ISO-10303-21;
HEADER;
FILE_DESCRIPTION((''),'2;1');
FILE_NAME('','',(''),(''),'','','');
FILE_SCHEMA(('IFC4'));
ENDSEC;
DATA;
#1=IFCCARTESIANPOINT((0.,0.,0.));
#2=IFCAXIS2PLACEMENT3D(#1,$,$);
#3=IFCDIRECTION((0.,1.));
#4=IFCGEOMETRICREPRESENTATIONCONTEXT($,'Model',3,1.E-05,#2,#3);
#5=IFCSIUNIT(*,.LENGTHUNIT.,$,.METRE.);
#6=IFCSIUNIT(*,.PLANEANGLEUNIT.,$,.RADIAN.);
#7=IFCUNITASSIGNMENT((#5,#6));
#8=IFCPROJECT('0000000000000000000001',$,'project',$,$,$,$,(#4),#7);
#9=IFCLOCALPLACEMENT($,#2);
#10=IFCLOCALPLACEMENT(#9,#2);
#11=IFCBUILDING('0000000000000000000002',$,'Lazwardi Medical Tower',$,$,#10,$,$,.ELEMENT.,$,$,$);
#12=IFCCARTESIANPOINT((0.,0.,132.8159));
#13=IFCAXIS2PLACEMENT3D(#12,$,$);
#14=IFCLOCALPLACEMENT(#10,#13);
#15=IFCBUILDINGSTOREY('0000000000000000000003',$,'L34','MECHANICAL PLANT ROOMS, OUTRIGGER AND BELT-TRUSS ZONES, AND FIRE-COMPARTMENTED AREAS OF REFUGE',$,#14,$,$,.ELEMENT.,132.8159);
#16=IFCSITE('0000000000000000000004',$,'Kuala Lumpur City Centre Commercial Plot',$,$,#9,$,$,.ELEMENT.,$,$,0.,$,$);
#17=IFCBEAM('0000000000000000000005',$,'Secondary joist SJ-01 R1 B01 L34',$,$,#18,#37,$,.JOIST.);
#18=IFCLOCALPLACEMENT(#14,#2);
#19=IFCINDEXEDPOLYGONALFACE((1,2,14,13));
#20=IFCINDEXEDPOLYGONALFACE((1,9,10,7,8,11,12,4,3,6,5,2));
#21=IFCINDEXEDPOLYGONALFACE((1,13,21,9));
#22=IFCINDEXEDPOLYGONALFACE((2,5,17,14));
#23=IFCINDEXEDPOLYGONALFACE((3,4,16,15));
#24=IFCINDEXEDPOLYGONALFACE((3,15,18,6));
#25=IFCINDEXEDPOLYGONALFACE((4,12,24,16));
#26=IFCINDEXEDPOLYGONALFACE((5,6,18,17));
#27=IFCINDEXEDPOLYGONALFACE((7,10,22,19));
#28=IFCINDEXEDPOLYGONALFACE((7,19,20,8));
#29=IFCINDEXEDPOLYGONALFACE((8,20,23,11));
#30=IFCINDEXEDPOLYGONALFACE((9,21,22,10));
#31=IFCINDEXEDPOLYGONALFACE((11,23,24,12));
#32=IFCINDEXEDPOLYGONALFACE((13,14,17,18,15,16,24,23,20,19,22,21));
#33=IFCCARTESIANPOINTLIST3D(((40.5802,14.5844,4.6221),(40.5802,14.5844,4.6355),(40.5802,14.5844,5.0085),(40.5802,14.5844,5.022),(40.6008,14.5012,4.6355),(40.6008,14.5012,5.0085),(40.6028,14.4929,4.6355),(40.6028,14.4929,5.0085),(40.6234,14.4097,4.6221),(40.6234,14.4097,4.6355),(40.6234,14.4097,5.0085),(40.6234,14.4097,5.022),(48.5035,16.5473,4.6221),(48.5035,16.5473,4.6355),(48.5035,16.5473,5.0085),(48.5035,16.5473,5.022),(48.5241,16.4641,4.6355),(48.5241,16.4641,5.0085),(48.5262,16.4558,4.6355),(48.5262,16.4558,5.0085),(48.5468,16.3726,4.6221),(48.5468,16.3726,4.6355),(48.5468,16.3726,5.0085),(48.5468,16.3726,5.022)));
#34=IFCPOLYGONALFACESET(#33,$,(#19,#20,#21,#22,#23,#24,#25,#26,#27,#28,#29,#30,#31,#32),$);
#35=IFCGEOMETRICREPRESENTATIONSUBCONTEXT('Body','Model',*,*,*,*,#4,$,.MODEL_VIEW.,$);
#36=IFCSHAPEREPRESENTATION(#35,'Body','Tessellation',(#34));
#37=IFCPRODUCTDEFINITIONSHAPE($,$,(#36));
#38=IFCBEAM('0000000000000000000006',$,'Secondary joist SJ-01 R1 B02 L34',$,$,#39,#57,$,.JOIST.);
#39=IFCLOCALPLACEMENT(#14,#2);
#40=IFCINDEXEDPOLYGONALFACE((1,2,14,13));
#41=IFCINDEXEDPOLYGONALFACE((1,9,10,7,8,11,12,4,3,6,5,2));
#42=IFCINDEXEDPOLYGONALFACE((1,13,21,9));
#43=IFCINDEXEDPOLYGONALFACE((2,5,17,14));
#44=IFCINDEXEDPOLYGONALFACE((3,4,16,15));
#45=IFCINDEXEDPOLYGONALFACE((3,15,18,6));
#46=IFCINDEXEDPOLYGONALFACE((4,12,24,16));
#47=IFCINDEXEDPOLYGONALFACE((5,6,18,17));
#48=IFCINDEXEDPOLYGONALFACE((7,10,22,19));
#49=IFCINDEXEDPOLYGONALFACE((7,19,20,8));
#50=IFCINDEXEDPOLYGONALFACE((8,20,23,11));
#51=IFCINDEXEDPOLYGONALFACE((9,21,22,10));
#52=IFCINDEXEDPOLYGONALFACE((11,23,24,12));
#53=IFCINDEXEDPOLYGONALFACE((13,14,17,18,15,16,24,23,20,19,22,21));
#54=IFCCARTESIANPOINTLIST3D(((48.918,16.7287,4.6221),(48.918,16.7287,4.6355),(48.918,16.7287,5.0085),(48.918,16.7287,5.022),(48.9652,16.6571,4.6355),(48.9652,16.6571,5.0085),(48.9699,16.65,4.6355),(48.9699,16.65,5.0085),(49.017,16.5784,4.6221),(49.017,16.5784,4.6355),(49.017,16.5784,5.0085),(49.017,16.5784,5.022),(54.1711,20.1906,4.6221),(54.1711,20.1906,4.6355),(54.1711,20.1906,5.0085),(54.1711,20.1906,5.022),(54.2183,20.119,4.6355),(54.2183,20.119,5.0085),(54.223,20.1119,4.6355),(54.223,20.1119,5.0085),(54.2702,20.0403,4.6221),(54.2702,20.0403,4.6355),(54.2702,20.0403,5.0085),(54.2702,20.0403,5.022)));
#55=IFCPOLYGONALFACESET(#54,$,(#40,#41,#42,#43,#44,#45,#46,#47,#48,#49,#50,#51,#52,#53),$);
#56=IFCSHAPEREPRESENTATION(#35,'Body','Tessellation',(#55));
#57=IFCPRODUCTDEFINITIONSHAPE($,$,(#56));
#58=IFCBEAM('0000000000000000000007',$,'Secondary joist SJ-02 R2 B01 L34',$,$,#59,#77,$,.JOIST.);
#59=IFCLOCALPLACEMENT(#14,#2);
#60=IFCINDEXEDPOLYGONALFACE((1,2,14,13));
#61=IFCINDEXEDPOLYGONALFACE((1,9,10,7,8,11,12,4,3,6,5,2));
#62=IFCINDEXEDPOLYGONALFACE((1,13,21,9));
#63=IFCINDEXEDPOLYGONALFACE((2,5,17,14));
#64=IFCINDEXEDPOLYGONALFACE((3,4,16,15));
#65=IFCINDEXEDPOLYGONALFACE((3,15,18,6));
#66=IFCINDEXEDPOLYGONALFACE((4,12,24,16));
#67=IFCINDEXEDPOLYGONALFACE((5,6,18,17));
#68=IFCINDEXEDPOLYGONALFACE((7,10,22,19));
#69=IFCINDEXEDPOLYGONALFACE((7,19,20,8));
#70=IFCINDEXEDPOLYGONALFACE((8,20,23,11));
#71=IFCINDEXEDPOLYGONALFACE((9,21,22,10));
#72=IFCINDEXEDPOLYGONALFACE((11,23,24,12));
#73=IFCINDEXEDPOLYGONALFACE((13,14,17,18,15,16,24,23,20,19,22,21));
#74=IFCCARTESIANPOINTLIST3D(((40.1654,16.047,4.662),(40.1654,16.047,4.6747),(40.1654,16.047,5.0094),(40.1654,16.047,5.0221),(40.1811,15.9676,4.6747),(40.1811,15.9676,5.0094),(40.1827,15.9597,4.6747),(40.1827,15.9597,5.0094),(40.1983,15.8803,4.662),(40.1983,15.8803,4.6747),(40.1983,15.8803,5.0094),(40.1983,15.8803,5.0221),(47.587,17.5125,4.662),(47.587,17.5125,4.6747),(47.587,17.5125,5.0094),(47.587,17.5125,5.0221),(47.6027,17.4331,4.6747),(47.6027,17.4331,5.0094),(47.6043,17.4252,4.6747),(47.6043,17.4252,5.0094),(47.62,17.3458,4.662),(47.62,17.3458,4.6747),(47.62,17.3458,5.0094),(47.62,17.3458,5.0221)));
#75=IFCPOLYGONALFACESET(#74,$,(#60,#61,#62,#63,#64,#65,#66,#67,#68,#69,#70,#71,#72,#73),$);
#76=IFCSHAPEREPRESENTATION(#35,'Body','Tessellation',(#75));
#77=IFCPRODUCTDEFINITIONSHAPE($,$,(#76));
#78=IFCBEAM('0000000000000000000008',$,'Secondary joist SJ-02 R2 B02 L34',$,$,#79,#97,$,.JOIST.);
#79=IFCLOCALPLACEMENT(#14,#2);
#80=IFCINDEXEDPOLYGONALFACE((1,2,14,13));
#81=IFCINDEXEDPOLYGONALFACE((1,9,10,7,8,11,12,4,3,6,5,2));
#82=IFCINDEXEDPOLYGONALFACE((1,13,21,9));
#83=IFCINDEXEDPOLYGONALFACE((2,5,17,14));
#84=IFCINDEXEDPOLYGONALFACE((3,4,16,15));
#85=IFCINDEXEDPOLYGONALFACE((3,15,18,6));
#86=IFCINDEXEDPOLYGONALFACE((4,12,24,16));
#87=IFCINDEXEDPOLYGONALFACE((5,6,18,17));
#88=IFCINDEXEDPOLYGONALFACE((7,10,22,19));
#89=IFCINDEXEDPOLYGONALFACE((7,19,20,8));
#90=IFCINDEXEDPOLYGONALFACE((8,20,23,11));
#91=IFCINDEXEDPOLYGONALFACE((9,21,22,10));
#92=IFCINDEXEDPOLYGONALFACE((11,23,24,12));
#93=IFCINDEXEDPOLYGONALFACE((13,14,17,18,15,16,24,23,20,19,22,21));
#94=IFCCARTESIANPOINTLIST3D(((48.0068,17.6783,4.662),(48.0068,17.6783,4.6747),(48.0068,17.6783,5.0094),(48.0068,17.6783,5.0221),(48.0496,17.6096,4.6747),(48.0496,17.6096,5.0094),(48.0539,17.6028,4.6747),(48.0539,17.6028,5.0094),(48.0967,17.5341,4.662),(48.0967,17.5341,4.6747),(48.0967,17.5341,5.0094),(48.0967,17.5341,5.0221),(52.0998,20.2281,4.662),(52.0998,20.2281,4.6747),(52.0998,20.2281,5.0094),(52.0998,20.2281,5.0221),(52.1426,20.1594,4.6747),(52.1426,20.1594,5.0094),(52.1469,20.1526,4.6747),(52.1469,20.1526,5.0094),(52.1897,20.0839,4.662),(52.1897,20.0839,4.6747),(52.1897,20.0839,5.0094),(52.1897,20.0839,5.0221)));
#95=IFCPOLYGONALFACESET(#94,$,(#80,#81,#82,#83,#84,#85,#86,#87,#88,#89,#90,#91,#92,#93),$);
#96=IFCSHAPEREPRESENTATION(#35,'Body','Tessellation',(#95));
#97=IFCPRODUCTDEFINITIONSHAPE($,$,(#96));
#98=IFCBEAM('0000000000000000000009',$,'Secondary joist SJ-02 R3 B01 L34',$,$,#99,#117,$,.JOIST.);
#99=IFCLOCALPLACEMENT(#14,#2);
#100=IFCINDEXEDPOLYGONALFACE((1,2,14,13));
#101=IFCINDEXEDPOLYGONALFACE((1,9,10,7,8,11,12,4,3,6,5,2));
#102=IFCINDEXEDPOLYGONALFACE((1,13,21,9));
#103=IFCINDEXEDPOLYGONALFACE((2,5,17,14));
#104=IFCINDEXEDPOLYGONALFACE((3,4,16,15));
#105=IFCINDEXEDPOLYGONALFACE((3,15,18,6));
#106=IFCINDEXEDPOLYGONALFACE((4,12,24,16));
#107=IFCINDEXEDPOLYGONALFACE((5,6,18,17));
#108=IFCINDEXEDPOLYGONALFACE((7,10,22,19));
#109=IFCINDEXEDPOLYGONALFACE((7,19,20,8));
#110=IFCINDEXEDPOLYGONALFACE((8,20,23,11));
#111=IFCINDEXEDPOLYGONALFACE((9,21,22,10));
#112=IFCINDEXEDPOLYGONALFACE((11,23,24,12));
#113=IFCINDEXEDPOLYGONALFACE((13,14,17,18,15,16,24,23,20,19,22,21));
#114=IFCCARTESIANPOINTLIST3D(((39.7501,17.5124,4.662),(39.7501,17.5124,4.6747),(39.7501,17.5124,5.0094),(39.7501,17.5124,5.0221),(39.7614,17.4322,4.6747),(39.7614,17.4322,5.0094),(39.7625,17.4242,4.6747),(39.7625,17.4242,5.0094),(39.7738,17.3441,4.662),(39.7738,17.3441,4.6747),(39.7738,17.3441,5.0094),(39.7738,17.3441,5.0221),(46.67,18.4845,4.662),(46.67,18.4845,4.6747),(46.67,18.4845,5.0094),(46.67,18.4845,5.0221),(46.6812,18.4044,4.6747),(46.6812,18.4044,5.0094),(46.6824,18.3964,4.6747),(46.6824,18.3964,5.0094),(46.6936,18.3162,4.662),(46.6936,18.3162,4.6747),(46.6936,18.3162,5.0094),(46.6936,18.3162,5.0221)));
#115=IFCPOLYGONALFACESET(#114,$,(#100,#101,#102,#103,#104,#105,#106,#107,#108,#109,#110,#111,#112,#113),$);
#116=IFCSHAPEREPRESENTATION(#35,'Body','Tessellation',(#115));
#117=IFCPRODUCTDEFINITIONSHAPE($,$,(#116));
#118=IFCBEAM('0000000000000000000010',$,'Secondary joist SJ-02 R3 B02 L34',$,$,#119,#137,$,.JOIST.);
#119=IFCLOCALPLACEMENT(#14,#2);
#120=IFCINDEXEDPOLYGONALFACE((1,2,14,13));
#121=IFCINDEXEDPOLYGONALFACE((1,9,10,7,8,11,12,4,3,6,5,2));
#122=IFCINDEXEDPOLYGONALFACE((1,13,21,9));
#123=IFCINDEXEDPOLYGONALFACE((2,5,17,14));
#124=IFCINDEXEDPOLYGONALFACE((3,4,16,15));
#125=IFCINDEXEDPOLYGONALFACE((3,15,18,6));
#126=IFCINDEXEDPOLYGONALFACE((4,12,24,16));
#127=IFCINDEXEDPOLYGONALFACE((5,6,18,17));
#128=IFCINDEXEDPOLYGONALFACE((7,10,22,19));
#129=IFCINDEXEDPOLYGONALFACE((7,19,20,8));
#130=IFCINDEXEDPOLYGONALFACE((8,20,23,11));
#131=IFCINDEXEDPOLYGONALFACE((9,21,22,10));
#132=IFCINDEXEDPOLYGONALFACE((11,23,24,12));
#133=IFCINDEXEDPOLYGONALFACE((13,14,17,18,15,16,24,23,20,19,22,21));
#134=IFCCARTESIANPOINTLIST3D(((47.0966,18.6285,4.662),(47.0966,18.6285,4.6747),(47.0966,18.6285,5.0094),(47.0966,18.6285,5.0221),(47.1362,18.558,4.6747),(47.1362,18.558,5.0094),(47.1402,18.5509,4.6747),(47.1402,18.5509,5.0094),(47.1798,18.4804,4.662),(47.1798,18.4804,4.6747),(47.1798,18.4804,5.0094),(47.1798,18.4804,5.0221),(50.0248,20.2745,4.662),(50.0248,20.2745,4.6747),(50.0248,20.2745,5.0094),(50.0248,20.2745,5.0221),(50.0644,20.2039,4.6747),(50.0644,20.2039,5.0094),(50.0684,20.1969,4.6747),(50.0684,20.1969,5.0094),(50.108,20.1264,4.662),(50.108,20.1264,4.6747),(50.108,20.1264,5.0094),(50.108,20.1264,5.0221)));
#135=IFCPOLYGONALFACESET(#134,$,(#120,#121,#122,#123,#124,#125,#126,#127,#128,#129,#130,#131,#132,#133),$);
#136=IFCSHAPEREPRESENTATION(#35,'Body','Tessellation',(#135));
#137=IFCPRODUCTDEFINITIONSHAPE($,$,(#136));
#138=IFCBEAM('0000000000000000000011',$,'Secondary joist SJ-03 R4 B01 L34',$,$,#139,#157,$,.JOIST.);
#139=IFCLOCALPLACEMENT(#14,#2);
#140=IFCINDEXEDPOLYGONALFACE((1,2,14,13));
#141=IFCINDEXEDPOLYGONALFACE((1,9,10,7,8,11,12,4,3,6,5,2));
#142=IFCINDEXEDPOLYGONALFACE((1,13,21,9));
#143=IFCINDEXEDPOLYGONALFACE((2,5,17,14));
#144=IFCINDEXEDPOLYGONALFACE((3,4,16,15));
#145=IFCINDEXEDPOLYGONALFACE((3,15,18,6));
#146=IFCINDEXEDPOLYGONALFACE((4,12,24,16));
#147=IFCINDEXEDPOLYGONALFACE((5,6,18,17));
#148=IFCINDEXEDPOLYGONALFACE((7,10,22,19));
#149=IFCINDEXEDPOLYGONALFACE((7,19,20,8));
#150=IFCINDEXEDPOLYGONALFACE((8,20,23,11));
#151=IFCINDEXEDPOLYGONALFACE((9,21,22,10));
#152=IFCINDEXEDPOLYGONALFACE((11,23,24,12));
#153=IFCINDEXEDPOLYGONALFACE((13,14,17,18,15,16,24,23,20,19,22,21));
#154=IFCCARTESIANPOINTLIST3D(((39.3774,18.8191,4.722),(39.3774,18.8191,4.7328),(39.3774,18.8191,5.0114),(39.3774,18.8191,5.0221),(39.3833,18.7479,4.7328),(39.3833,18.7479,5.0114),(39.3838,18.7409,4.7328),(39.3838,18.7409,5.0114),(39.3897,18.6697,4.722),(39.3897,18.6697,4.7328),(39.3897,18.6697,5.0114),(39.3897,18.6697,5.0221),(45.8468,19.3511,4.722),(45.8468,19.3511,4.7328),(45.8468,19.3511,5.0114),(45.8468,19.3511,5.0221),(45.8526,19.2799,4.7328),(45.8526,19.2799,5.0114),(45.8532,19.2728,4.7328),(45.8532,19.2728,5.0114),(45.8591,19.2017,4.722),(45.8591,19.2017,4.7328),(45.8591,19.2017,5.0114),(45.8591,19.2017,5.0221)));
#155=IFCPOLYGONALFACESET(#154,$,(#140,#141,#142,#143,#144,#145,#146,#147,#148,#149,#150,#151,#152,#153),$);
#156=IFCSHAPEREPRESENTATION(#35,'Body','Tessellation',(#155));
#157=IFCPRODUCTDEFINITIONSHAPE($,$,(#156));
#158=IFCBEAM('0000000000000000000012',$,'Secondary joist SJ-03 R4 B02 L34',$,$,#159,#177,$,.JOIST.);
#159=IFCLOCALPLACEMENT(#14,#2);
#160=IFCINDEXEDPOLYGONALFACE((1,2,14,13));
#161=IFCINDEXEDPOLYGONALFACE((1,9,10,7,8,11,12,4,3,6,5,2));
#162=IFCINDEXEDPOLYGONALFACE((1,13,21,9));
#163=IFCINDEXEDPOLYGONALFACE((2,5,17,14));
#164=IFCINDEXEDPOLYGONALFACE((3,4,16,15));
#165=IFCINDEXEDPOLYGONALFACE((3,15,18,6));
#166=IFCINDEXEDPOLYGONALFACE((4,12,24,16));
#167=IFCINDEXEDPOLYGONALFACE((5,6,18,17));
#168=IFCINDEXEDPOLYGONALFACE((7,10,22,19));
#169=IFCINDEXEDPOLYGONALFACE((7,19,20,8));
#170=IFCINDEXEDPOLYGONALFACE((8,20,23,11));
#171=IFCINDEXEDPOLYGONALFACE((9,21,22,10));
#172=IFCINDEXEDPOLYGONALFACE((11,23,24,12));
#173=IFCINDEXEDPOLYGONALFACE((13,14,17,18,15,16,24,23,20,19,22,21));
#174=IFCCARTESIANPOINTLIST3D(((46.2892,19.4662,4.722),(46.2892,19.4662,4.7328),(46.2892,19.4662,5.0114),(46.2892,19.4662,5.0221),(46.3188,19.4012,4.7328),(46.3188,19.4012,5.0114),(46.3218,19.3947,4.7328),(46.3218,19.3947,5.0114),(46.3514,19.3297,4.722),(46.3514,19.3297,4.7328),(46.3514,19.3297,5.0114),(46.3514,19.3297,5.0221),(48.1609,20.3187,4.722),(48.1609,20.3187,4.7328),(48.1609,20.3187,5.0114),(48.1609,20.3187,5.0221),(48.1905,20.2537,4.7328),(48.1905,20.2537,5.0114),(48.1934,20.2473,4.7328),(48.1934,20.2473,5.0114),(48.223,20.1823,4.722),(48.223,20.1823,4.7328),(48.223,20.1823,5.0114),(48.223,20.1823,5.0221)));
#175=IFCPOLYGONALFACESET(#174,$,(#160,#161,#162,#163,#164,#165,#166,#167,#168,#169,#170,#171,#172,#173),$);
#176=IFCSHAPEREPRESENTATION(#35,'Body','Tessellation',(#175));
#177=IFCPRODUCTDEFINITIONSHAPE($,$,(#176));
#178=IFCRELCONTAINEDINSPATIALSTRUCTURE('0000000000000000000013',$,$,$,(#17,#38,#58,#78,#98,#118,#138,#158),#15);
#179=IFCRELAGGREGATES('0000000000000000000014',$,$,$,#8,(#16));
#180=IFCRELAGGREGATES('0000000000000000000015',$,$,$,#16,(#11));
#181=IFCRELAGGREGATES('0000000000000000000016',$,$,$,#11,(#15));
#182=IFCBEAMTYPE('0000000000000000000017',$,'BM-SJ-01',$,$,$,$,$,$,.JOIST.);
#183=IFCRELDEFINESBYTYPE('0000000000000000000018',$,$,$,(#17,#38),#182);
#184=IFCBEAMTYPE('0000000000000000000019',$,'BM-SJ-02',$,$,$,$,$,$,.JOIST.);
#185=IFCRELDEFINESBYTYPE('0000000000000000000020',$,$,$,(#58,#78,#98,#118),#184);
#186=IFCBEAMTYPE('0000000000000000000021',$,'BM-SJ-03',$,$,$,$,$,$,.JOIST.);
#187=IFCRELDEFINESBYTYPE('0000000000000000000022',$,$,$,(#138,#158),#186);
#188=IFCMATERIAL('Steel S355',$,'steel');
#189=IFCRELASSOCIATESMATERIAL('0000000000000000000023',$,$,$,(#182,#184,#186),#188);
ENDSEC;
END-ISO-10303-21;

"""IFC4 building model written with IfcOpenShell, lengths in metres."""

from ifc_helpers import new_model, si_unit, direction, frame, origin, origin_2d, place, context, subcontext, project, spatial, i_section, extrude, material, material_profile, profile_set, type_object, element, save


model = new_model("IFC4")

# Units and contexts
model_context = context("Model", 3, precision=1e-05, world=origin(), true_north=direction((0.0, 1.0)))
body_context = subcontext(model_context, "Body", "Model", "MODEL_VIEW")
ifc_project = project(units=[si_unit("LENGTHUNIT", "METRE"), si_unit("PLANEANGLEUNIT", "RADIAN")], contexts=[model_context])

# Site, building, storey
site_placement = place(None, origin())
site = spatial("IfcSite", under=ifc_project, at=site_placement, Name="Kuala Lumpur City Centre Commercial Plot", CompositionType="ELEMENT", RefElevation=0.0)
building_placement = place(site_placement, origin())
building = spatial("IfcBuilding", under=site, at=building_placement, Name="Lazwardi Medical Tower", CompositionType="ELEMENT")
storey_placement = place(building_placement, frame((0.0, 0.0, 132.8159)))
storey = spatial("IfcBuildingStorey", under=building, at=storey_placement, Name="L34", Description="MECHANICAL PLANT ROOMS, OUTRIGGER AND BELT-TRUSS ZONES, AND FIRE-COMPARTMENTED AREAS OF REFUGE", CompositionType="ELEMENT", Elevation=132.8159)

# Beams
ifc_material_1 = material(Name="Steel S355", Category="steel")
ifc_material_profile_1 = material_profile(ifc_material_1, i_section(OverallWidth=0.1799, OverallDepth=0.3999, WebThickness=0.0085, FlangeThickness=0.0134, at=origin_2d()), Name="IPE 400")
ifc_profile_set_1 = profile_set([ifc_material_profile_1], Name="Steel S355")
beam_type_1 = type_object("IfcBeamType", Name="BM-SJ-01", PredefinedType="JOIST", material=ifc_profile_set_1)
beam_1_placement = place(storey_placement, frame((40.6018, 14.4971, 4.822), z_axis=(0.970658, 0.240466, 0.0), x_axis=(-0.240466, 0.970658, 0.0)))
element("IfcBeam", 1, at=beam_1_placement, inside=storey, type_object=beam_type_1, Name="Secondary joist SJ-01 R1 B01 L34", PredefinedType="JOIST", context=body_context, shape_type="SweptSolid", body=[
    extrude(i_section(OverallWidth=0.1799, OverallDepth=0.3999, WebThickness=0.0085, FlangeThickness=0.0134, at=origin_2d()), origin(), (0.0, 0.0, 1.0), 8.1628),
])
beam_2_placement = place(storey_placement, frame((48.9675, 16.6536, 4.822), z_axis=(0.834988, 0.550268, 0.0), x_axis=(-0.550268, 0.834988, 0.0)))
element("IfcBeam", 2, at=beam_2_placement, inside=storey, type_object=beam_type_1, Name="Secondary joist SJ-01 R1 B02 L34", PredefinedType="JOIST", context=body_context, shape_type="SweptSolid", body=[
    extrude(i_section(OverallWidth=0.1799, OverallDepth=0.3999, WebThickness=0.0085, FlangeThickness=0.0134, at=origin_2d()), origin(), (0.0, 0.0, 1.0), 6.2913),
])
ifc_material_profile_2 = material_profile(ifc_material_1, i_section(OverallWidth=0.1699, OverallDepth=0.3601, WebThickness=0.0081, FlangeThickness=0.0127, at=origin_2d()), Name="IPE 360")
ifc_profile_set_2 = profile_set([ifc_material_profile_2], Name="Steel S355")
beam_type_2 = type_object("IfcBeamType", Name="BM-SJ-02", PredefinedType="JOIST", material=ifc_profile_set_2)
beam_3_placement = place(storey_placement, frame((40.1819, 15.9636, 4.842), z_axis=(0.981054, 0.193732, 0.0), x_axis=(-0.193732, 0.981054, 0.0)))
element("IfcBeam", 3, at=beam_3_placement, inside=storey, type_object=beam_type_2, Name="Secondary joist SJ-02 R2 B01 L34", PredefinedType="JOIST", context=body_context, shape_type="SweptSolid", body=[
    extrude(i_section(OverallWidth=0.1699, OverallDepth=0.3601, WebThickness=0.0081, FlangeThickness=0.0127, at=origin_2d()), origin(), (0.0, 0.0, 1.0), 7.5649),
])
beam_4_placement = place(storey_placement, frame((48.0518, 17.6062, 4.842), z_axis=(0.848774, 0.528756, 0.0), x_axis=(-0.528756, 0.848774, 0.0)))
element("IfcBeam", 4, at=beam_4_placement, inside=storey, type_object=beam_type_2, Name="Secondary joist SJ-02 R2 B02 L34", PredefinedType="JOIST", context=body_context, shape_type="SweptSolid", body=[
    extrude(i_section(OverallWidth=0.1699, OverallDepth=0.3601, WebThickness=0.0081, FlangeThickness=0.0127, at=origin_2d()), origin(), (0.0, 0.0, 1.0), 4.8223),
])
beam_5_placement = place(storey_placement, frame((39.762, 17.4282, 4.842), z_axis=(0.990275, 0.139122, 0.0), x_axis=(-0.139122, 0.990275, 0.0)))
element("IfcBeam", 5, at=beam_5_placement, inside=storey, type_object=beam_type_2, Name="Secondary joist SJ-02 R3 B01 L34", PredefinedType="JOIST", context=body_context, shape_type="SweptSolid", body=[
    extrude(i_section(OverallWidth=0.1699, OverallDepth=0.3601, WebThickness=0.0081, FlangeThickness=0.0127, at=origin_2d()), origin(), (0.0, 0.0, 1.0), 6.9878),
])
beam_6_placement = place(storey_placement, frame((47.1382, 18.5544, 4.842), z_axis=(0.871719, 0.490006, 0.0), x_axis=(-0.490006, 0.871719, 0.0)))
element("IfcBeam", 6, at=beam_6_placement, inside=storey, type_object=beam_type_2, Name="Secondary joist SJ-02 R3 B02 L34", PredefinedType="JOIST", context=body_context, shape_type="SweptSolid", body=[
    extrude(i_section(OverallWidth=0.1699, OverallDepth=0.3601, WebThickness=0.0081, FlangeThickness=0.0127, at=origin_2d()), origin(), (0.0, 0.0, 1.0), 3.3591),
])
ifc_material_profile_3 = material_profile(ifc_material_1, i_section(OverallWidth=0.1499, OverallDepth=0.3, WebThickness=0.0071, FlangeThickness=0.0107, at=origin_2d()), Name="IPE 300")
ifc_profile_set_3 = profile_set([ifc_material_profile_3], Name="Steel S355")
beam_type_3 = type_object("IfcBeamType", Name="BM-SJ-03", PredefinedType="JOIST", material=ifc_profile_set_3)
beam_7_placement = place(storey_placement, frame((39.3835, 18.7444, 4.8721), z_axis=(0.996636, 0.081953, 0.0), x_axis=(-0.081953, 0.996636, 0.0)))
element("IfcBeam", 7, at=beam_7_placement, inside=storey, type_object=beam_type_3, Name="Secondary joist SJ-03 R4 B01 L34", PredefinedType="JOIST", context=body_context, shape_type="SweptSolid", body=[
    extrude(i_section(OverallWidth=0.1499, OverallDepth=0.3, WebThickness=0.0071, FlangeThickness=0.0107, at=origin_2d()), origin(), (0.0, 0.0, 1.0), 6.4912),
])
beam_8_placement = place(storey_placement, frame((46.3203, 19.3979, 4.8721), z_axis=(0.910033, 0.414536, 0.0), x_axis=(-0.414536, 0.910033, 0.0)))
element("IfcBeam", 8, at=beam_8_placement, inside=storey, type_object=beam_type_3, Name="Secondary joist SJ-03 R4 B02 L34", PredefinedType="JOIST", context=body_context, shape_type="SweptSolid", body=[
    extrude(i_section(OverallWidth=0.1499, OverallDepth=0.3, WebThickness=0.0071, FlangeThickness=0.0107, at=origin_2d()), origin(), (0.0, 0.0, 1.0), 2.0566),
])

save(model, "model.ifc")
